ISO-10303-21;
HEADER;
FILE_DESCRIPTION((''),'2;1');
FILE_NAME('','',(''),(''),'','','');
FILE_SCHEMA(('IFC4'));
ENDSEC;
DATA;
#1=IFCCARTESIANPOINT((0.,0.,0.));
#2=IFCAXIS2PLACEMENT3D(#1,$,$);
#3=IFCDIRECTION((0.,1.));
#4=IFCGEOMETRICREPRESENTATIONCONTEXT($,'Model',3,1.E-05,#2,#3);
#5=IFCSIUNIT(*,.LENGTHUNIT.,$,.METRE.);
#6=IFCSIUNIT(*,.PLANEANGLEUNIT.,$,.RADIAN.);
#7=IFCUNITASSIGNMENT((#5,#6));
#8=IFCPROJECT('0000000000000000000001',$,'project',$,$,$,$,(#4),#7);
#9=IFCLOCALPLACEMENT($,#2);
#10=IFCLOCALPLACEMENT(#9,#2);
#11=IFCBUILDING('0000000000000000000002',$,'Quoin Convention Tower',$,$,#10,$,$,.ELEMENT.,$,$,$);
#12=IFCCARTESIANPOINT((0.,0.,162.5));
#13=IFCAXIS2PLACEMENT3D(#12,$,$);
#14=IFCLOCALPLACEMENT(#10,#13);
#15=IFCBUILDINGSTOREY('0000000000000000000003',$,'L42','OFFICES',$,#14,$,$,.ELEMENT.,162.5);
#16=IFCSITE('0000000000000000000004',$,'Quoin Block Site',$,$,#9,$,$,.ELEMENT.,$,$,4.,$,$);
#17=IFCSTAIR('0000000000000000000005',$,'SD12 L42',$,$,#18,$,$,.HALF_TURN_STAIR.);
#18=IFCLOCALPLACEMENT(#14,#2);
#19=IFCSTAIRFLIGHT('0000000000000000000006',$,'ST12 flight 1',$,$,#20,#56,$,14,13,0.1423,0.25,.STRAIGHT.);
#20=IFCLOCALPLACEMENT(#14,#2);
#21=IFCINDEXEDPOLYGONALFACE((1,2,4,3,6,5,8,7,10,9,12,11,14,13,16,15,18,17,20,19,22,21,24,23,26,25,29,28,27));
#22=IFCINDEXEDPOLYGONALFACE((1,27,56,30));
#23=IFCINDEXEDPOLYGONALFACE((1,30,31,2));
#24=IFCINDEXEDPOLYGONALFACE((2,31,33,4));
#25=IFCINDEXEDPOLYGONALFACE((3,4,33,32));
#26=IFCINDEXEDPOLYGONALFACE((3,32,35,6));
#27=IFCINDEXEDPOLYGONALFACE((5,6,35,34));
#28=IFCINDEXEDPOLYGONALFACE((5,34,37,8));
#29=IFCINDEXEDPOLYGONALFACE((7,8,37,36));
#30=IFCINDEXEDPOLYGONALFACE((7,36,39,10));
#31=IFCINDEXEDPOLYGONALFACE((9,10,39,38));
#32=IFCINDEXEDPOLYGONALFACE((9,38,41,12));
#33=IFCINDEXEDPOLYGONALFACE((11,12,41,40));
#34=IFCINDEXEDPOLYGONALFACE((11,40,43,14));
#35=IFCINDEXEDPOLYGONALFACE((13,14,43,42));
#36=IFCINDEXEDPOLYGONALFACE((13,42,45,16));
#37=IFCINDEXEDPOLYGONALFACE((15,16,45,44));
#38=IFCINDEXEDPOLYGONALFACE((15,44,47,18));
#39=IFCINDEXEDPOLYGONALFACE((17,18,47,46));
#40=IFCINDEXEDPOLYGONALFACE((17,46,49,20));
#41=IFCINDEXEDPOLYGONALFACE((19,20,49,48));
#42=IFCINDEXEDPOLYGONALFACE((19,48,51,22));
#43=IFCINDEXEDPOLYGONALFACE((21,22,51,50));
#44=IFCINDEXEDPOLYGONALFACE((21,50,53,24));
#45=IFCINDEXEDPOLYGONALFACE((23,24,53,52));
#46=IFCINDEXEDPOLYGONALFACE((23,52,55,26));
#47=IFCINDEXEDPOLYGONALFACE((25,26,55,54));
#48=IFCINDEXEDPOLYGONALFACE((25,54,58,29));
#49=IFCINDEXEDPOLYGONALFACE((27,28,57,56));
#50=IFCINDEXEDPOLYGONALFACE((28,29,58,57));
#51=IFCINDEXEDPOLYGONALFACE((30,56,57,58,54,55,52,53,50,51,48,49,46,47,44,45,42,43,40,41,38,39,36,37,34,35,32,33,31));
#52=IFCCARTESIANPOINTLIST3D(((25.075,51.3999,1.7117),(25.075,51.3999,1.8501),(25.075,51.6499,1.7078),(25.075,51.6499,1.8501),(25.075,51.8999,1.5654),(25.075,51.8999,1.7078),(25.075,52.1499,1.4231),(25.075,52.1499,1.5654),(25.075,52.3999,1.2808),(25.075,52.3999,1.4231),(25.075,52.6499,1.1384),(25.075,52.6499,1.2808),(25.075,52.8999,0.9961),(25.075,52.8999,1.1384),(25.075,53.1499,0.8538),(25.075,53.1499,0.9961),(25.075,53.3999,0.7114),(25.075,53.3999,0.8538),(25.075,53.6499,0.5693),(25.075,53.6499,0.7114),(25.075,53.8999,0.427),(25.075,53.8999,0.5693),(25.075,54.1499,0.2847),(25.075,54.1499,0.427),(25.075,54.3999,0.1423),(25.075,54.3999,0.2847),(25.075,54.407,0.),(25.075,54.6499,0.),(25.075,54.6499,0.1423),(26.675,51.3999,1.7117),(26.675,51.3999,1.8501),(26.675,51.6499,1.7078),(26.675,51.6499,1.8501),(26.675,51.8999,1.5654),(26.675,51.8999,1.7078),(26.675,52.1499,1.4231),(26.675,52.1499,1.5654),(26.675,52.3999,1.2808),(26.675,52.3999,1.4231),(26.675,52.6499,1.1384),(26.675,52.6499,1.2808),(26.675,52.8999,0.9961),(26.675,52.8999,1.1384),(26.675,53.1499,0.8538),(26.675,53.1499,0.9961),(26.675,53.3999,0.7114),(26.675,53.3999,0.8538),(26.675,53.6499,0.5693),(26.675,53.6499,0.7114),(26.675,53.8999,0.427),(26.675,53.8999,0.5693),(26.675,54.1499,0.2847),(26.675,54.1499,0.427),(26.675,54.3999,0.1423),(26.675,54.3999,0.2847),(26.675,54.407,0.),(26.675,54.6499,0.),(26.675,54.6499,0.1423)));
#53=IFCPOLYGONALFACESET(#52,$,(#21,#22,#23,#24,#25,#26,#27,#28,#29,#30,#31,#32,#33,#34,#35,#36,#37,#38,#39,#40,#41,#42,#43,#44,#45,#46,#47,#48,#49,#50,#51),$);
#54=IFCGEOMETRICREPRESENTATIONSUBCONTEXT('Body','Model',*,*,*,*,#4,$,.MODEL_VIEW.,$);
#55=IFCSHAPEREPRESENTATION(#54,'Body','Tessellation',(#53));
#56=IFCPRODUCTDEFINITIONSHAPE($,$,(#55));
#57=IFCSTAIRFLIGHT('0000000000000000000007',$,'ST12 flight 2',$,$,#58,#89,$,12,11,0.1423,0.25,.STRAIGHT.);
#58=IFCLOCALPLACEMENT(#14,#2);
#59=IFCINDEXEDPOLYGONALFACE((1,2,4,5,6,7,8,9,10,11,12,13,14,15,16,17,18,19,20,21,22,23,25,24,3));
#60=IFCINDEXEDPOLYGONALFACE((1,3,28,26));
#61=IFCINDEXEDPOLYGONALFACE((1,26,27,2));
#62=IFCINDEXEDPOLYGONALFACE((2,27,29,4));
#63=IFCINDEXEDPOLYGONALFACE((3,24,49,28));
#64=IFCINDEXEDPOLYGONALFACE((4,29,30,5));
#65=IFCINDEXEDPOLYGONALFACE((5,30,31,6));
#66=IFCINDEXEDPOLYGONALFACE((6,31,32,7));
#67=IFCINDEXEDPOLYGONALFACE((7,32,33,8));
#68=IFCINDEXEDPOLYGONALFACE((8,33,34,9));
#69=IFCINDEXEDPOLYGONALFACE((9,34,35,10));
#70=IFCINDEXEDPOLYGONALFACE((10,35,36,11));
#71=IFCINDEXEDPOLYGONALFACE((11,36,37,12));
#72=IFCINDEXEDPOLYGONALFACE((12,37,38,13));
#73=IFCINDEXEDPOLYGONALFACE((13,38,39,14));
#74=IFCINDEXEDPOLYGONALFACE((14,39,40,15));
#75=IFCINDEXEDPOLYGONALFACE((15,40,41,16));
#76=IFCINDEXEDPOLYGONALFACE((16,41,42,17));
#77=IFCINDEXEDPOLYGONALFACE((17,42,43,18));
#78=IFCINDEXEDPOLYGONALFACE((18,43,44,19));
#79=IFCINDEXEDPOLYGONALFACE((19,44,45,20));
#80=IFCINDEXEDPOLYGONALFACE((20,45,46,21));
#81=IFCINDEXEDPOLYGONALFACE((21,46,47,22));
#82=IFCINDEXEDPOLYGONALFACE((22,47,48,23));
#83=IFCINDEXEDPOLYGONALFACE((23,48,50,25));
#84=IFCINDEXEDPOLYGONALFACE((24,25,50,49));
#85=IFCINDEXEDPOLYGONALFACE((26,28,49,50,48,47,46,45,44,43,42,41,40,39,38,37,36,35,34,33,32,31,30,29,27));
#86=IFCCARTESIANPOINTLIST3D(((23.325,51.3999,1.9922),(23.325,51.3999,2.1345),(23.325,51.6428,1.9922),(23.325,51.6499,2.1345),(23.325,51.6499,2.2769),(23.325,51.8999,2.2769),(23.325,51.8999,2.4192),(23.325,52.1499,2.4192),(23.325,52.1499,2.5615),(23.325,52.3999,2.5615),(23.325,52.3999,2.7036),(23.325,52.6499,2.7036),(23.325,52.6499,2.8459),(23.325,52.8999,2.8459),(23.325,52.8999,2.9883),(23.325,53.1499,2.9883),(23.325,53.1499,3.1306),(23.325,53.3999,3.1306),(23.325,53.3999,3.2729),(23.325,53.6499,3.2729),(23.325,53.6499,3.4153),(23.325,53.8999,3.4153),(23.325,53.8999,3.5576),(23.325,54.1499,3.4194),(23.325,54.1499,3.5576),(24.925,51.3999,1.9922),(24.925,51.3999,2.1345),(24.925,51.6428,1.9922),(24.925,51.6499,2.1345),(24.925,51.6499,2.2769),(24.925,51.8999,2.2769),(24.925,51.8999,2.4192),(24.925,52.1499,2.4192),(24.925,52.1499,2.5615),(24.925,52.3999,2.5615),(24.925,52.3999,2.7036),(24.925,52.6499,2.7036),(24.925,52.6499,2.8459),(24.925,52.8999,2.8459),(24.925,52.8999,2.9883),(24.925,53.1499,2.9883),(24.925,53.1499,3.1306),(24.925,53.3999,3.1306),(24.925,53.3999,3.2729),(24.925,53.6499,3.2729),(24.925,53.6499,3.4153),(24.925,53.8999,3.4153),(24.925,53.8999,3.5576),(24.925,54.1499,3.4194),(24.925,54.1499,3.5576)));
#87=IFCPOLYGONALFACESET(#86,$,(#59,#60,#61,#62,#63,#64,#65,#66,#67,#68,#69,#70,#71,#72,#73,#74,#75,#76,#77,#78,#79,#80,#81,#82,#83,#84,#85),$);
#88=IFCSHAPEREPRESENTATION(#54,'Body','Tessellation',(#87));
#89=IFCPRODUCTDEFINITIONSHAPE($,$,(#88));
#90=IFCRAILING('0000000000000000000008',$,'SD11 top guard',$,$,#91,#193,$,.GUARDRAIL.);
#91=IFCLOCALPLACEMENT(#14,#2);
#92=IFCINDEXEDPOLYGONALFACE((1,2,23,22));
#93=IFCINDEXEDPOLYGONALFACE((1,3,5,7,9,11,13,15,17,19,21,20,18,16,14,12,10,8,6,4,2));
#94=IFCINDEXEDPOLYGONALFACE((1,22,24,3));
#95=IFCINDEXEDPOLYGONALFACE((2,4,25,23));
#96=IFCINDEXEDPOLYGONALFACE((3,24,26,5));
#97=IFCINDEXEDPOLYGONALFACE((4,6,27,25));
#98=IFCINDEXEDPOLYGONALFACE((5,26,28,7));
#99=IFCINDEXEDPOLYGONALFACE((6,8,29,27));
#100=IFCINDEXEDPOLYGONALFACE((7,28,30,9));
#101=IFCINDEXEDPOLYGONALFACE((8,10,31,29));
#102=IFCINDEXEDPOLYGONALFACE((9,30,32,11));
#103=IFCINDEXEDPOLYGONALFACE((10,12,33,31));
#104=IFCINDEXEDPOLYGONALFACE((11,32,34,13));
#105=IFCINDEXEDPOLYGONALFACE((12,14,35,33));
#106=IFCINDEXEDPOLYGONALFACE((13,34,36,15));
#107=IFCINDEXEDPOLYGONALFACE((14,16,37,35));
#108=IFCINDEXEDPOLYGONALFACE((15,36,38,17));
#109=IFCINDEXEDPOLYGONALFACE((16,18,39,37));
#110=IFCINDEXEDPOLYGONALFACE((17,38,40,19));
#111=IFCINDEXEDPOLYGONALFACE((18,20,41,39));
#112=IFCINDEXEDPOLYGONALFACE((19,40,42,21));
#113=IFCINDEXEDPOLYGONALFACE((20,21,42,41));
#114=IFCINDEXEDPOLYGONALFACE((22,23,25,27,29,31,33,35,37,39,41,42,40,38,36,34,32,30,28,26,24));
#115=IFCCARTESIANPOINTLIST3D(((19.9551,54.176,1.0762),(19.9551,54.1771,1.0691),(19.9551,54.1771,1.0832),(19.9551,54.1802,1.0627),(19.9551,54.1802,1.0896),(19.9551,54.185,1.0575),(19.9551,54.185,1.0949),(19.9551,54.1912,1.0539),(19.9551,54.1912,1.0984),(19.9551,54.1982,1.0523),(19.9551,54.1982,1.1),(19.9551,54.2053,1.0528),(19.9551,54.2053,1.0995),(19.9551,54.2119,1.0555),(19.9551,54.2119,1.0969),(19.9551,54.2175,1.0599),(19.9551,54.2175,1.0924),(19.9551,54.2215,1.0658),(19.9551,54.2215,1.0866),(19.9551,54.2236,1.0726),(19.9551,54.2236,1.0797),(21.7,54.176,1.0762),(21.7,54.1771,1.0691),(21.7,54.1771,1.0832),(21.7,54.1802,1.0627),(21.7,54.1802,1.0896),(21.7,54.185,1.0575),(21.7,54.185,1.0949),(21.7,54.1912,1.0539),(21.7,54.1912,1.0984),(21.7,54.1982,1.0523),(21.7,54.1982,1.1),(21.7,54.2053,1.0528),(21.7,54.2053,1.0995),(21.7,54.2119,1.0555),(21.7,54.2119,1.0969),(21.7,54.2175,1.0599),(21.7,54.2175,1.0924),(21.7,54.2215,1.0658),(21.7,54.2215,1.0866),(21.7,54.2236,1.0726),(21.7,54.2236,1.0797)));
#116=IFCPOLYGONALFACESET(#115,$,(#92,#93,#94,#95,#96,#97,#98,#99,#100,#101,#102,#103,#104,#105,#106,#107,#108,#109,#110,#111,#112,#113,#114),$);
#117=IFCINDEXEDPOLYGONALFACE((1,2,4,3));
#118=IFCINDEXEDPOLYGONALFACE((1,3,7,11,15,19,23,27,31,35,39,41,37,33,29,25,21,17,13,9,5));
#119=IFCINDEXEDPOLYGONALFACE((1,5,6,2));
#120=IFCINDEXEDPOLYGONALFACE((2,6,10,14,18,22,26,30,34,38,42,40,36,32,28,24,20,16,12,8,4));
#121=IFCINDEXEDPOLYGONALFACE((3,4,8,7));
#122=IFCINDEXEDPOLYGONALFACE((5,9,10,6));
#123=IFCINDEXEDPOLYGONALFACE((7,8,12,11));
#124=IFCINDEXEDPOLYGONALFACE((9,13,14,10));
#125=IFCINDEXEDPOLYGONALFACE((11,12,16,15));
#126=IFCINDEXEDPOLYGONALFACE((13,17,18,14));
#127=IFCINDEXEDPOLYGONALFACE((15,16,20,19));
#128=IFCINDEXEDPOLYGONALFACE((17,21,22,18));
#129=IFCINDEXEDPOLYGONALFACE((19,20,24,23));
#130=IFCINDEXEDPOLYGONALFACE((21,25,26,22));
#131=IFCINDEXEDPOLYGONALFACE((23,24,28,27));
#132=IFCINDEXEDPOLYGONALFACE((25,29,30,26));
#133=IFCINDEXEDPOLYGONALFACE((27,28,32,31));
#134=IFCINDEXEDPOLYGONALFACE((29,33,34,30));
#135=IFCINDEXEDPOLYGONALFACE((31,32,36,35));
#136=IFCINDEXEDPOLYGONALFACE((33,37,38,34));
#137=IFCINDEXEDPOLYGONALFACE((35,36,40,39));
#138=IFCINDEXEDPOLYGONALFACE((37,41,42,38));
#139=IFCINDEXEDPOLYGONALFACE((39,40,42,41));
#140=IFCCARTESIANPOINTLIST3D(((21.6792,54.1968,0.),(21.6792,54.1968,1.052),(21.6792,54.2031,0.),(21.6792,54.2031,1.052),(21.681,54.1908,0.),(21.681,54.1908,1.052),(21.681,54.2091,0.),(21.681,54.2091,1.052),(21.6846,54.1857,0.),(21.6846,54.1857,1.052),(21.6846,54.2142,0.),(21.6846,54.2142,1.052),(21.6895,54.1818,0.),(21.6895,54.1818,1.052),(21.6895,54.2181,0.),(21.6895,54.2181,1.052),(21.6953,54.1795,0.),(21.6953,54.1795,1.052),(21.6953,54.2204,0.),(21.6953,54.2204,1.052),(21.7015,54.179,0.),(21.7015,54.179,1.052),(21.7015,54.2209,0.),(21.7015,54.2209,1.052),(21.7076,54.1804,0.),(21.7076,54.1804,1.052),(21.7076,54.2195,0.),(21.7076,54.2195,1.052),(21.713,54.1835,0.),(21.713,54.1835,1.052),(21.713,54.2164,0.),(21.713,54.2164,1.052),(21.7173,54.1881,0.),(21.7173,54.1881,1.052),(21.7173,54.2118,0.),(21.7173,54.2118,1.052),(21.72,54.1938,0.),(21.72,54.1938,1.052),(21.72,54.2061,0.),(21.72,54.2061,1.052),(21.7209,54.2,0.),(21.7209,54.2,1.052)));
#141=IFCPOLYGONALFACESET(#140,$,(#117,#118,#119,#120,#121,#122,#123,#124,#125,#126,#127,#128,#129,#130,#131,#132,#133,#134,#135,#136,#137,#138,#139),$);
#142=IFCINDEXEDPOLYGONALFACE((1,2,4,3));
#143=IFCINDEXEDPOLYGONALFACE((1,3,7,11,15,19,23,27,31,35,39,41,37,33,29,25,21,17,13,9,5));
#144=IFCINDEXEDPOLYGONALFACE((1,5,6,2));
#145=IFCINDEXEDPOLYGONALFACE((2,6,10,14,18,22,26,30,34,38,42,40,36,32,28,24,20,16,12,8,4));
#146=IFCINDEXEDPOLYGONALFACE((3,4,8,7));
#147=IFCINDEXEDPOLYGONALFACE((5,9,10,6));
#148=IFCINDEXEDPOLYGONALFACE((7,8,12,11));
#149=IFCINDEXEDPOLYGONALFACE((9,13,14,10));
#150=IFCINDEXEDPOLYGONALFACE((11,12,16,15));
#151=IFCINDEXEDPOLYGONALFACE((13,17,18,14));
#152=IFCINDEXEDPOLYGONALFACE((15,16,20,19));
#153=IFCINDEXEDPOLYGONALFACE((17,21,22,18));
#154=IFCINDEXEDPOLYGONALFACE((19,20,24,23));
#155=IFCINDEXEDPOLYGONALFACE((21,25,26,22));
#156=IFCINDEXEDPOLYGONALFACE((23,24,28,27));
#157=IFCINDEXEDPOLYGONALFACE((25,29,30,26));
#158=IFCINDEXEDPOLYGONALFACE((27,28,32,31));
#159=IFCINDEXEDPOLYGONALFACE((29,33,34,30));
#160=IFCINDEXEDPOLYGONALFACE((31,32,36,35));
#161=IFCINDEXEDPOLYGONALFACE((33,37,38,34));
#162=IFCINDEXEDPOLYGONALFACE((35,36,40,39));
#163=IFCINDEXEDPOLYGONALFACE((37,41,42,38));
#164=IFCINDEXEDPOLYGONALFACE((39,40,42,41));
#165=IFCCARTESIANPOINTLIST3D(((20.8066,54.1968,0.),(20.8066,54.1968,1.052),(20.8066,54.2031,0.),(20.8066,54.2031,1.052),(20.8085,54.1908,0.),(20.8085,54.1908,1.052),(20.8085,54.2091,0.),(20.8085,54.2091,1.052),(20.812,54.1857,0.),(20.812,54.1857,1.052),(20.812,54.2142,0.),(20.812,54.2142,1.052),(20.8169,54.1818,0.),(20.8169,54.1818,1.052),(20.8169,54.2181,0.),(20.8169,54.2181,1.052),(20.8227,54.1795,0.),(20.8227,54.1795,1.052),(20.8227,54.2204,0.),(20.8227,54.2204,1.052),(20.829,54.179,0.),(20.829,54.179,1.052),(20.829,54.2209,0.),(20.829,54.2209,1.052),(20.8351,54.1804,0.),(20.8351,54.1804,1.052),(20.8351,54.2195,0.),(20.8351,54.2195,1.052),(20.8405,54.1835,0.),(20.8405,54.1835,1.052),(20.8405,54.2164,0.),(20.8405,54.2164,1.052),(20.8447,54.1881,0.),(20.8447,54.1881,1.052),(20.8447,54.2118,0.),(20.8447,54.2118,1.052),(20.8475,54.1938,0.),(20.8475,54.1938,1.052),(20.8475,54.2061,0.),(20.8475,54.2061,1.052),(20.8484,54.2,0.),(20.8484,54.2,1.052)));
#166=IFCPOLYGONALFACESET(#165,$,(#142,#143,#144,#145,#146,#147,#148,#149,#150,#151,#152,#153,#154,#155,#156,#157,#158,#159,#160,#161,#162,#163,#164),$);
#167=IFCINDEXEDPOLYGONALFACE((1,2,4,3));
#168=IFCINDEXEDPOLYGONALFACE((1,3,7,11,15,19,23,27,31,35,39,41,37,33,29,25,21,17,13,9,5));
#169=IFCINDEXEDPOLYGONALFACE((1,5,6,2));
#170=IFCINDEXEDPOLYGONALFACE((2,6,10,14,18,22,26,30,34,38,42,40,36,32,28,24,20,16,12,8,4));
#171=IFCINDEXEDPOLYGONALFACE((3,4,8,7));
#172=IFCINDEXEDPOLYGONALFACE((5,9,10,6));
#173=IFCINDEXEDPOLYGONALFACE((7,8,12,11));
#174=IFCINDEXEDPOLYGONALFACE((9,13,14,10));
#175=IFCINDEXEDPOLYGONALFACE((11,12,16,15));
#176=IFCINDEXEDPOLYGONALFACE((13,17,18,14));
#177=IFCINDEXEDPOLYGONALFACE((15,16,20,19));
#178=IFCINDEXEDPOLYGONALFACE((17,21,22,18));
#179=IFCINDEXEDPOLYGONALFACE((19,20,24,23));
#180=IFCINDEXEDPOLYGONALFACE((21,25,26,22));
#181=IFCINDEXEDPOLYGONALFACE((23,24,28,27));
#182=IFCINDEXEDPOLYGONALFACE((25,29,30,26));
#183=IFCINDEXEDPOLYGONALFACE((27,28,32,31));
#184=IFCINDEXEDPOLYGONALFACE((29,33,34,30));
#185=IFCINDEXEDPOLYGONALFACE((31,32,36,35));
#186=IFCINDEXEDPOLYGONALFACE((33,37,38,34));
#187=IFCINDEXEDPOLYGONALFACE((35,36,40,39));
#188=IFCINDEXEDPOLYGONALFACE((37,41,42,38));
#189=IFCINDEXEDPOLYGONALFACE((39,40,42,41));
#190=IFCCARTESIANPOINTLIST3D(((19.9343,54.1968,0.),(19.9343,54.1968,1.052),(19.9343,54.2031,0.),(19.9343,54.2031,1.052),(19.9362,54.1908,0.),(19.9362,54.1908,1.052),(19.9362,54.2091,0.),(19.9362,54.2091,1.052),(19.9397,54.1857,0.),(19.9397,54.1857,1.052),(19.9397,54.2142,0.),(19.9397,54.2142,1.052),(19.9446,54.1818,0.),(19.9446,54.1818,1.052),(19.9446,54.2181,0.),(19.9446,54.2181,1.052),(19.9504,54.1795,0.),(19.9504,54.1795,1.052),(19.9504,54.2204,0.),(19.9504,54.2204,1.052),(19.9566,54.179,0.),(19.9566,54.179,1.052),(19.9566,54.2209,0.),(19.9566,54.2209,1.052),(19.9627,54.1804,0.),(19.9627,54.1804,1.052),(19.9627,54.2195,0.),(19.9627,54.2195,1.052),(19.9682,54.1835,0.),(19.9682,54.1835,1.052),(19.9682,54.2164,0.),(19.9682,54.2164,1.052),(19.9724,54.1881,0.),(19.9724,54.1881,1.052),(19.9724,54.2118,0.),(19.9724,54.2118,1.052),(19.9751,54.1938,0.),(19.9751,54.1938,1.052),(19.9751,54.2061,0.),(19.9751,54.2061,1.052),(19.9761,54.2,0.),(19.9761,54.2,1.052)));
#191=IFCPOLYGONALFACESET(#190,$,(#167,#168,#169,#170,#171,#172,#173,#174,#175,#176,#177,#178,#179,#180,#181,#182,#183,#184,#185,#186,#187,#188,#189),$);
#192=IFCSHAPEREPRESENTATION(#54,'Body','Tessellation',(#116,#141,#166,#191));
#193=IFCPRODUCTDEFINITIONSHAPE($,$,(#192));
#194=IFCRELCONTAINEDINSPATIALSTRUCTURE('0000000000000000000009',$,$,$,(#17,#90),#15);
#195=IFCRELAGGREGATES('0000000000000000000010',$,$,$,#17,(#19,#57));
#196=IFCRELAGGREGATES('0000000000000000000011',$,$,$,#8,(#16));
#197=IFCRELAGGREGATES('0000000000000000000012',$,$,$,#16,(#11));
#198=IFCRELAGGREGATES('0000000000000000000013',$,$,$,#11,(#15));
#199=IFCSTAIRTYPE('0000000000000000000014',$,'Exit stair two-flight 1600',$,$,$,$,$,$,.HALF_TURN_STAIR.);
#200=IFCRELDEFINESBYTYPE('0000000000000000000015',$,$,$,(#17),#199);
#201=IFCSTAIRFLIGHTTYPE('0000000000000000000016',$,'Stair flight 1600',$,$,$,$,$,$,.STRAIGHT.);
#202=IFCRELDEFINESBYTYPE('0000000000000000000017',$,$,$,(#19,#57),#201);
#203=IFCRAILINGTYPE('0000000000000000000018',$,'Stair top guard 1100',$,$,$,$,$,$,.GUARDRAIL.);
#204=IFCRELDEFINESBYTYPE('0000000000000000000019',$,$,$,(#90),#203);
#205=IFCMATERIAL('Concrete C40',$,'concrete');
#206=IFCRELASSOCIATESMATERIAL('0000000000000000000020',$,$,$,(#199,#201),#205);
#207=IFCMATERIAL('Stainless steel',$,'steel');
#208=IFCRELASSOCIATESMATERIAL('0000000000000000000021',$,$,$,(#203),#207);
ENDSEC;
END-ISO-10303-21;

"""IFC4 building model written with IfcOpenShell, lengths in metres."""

from ifc_helpers import new_model, si_unit, direction, frame, origin, origin_2d, place, context, subcontext, project, spatial, polyline, circle, outline, extrude, material, type_object, element, aggregate, save


model = new_model("IFC4")

# Units and contexts
model_context = context("Model", 3, precision=1e-05, world=origin(), true_north=direction((0.0, 1.0)))
body_context = subcontext(model_context, "Body", "Model", "MODEL_VIEW")
ifc_project = project(units=[si_unit("LENGTHUNIT", "METRE"), si_unit("PLANEANGLEUNIT", "RADIAN")], contexts=[model_context])

# Site, building, storey
site_placement = place(None, origin())
site = spatial("IfcSite", under=ifc_project, at=site_placement, Name="Quoin Block Site", CompositionType="ELEMENT", RefElevation=4.0)
building_placement = place(site_placement, origin())
building = spatial("IfcBuilding", under=site, at=building_placement, Name="Quoin Convention Tower", CompositionType="ELEMENT")
storey_placement = place(building_placement, frame((0.0, 0.0, 162.5)))
storey = spatial("IfcBuildingStorey", under=building, at=storey_placement, Name="L42", Description="OFFICES", CompositionType="ELEMENT", Elevation=162.5)

# Stair, stair flights
ifc_material_1 = material(Name="Concrete C40", Category="concrete")
stair_type = type_object("IfcStairType", Name="Exit stair two-flight 1600", PredefinedType="HALF_TURN_STAIR", material=ifc_material_1)
stair_flight_type = type_object("IfcStairFlightType", Name="Stair flight 1600", PredefinedType="STRAIGHT", material=ifc_material_1)
stair_1_placement = place(storey_placement, origin())
stair_1 = element("IfcStair", 1, at=stair_1_placement, inside=storey, type_object=stair_type, Name="SD12 L42", PredefinedType="HALF_TURN_STAIR")
stair_flight_1_placement = place(storey_placement, frame((25.875, 54.6499, 0.0), z_axis=(0.0, 0.0, 1.0), x_axis=(0.0, -1.0, 0.0)))
stair_flight_1 = element("IfcStairFlight", 2, at=stair_flight_1_placement, type_object=stair_flight_type, Name="ST12 flight 1", NumberOfRisers=14, NumberOfTreads=13, PredefinedType="STRAIGHT", RiserHeight=0.1423, TreadLength=0.25, context=body_context, shape_type="SweptSolid", body=[
    extrude(outline(polyline([(0.0, 0.0), (0.0, 0.1423), (0.25, 0.1423), (0.25, 0.2847), (0.5, 0.2847), (0.5, 0.427), (0.75, 0.427), (0.75, 0.5693), (1.0, 0.5693), (1.0, 0.7114), (1.25, 0.7114), (1.25, 0.8538), (1.5, 0.8538), (1.5, 0.9961), (1.75, 0.9961), (1.75, 1.1384), (2.0, 1.1384), (2.0, 1.2808), (2.25, 1.2808), (2.25, 1.4231), (2.5, 1.4231), (2.5, 1.5654), (2.75, 1.5654), (2.75, 1.7078), (3.0, 1.7078), (3.0, 1.8501), (3.25, 1.8501), (3.25, 1.9922), (3.25, 1.7117), (0.2429, 0.0), (0.0, 0.0)])), frame((0.0, 0.8, 0.0), z_axis=(0.0, -1.0, 0.0), x_axis=(1.0, 0.0, 0.0)), (0.0, 0.0, 1.0), 1.6001),
])
stair_flight_2_placement = place(storey_placement, frame((24.125, 51.3999, 1.9922), z_axis=(0.0, 0.0, 1.0), x_axis=(0.0, 1.0, 0.0)))
stair_flight_2 = element("IfcStairFlight", 3, at=stair_flight_2_placement, type_object=stair_flight_type, Name="ST12 flight 2", NumberOfRisers=12, NumberOfTreads=11, PredefinedType="STRAIGHT", RiserHeight=0.1423, TreadLength=0.25, context=body_context, shape_type="SweptSolid", body=[
    extrude(outline(polyline([(0.0, 0.0), (0.0, 0.1423), (0.25, 0.1423), (0.25, 0.2847), (0.5, 0.2847), (0.5, 0.427), (0.75, 0.427), (0.75, 0.5693), (1.0, 0.5693), (1.0, 0.7114), (1.25, 0.7114), (1.25, 0.8538), (1.5, 0.8538), (1.5, 0.9961), (1.75, 0.9961), (1.75, 1.1384), (2.0, 1.1384), (2.0, 1.2808), (2.25, 1.2808), (2.25, 1.4231), (2.5, 1.4231), (2.5, 1.5654), (2.75, 1.5654), (2.75, 1.7078), (2.75, 1.4272), (0.2429, 0.0), (0.0, 0.0)])), frame((0.0, 0.8, 0.0), z_axis=(0.0, -1.0, 0.0), x_axis=(1.0, 0.0, 0.0)), (0.0, 0.0, 1.0), 1.6001),
])
aggregate(stair_1, [stair_flight_1, stair_flight_2])

# Railing
ifc_material_2 = material(Name="Stainless steel", Category="steel")
railing_type_1 = type_object("IfcRailingType", Name="Stair top guard 1100", PredefinedType="GUARDRAIL", material=ifc_material_2)
for number, where, name in (
    (4, (21.7, 54.2, 0.0), "SD11 top guard"),
):
    element("IfcRailing", number, at=place(storey_placement, frame(where)), inside=storey, type_object=railing_type_1, Name=name, PredefinedType="GUARDRAIL", context=body_context, shape_type="SweptSolid", body=[
        extrude(circle(Radius=0.0239, at=origin_2d()), frame((0.0, 0.0, 1.0762), z_axis=(-1.0, 0.0, 0.0), x_axis=(0.0, -1.0, 0.0)), (0.0, 0.0, 1.0), 1.7449),
        extrude(circle(Radius=0.021, at=origin_2d()), origin(), (0.0, 0.0, 1.0), 1.052),
        extrude(circle(Radius=0.021, at=origin_2d()), frame((-0.8726, 0.0, 0.0)), (0.0, 0.0, 1.0), 1.052),
        extrude(circle(Radius=0.021, at=origin_2d()), frame((-1.7449, 0.0, 0.0)), (0.0, 0.0, 1.0), 1.052),
    ])

save(model, "model.ifc")
